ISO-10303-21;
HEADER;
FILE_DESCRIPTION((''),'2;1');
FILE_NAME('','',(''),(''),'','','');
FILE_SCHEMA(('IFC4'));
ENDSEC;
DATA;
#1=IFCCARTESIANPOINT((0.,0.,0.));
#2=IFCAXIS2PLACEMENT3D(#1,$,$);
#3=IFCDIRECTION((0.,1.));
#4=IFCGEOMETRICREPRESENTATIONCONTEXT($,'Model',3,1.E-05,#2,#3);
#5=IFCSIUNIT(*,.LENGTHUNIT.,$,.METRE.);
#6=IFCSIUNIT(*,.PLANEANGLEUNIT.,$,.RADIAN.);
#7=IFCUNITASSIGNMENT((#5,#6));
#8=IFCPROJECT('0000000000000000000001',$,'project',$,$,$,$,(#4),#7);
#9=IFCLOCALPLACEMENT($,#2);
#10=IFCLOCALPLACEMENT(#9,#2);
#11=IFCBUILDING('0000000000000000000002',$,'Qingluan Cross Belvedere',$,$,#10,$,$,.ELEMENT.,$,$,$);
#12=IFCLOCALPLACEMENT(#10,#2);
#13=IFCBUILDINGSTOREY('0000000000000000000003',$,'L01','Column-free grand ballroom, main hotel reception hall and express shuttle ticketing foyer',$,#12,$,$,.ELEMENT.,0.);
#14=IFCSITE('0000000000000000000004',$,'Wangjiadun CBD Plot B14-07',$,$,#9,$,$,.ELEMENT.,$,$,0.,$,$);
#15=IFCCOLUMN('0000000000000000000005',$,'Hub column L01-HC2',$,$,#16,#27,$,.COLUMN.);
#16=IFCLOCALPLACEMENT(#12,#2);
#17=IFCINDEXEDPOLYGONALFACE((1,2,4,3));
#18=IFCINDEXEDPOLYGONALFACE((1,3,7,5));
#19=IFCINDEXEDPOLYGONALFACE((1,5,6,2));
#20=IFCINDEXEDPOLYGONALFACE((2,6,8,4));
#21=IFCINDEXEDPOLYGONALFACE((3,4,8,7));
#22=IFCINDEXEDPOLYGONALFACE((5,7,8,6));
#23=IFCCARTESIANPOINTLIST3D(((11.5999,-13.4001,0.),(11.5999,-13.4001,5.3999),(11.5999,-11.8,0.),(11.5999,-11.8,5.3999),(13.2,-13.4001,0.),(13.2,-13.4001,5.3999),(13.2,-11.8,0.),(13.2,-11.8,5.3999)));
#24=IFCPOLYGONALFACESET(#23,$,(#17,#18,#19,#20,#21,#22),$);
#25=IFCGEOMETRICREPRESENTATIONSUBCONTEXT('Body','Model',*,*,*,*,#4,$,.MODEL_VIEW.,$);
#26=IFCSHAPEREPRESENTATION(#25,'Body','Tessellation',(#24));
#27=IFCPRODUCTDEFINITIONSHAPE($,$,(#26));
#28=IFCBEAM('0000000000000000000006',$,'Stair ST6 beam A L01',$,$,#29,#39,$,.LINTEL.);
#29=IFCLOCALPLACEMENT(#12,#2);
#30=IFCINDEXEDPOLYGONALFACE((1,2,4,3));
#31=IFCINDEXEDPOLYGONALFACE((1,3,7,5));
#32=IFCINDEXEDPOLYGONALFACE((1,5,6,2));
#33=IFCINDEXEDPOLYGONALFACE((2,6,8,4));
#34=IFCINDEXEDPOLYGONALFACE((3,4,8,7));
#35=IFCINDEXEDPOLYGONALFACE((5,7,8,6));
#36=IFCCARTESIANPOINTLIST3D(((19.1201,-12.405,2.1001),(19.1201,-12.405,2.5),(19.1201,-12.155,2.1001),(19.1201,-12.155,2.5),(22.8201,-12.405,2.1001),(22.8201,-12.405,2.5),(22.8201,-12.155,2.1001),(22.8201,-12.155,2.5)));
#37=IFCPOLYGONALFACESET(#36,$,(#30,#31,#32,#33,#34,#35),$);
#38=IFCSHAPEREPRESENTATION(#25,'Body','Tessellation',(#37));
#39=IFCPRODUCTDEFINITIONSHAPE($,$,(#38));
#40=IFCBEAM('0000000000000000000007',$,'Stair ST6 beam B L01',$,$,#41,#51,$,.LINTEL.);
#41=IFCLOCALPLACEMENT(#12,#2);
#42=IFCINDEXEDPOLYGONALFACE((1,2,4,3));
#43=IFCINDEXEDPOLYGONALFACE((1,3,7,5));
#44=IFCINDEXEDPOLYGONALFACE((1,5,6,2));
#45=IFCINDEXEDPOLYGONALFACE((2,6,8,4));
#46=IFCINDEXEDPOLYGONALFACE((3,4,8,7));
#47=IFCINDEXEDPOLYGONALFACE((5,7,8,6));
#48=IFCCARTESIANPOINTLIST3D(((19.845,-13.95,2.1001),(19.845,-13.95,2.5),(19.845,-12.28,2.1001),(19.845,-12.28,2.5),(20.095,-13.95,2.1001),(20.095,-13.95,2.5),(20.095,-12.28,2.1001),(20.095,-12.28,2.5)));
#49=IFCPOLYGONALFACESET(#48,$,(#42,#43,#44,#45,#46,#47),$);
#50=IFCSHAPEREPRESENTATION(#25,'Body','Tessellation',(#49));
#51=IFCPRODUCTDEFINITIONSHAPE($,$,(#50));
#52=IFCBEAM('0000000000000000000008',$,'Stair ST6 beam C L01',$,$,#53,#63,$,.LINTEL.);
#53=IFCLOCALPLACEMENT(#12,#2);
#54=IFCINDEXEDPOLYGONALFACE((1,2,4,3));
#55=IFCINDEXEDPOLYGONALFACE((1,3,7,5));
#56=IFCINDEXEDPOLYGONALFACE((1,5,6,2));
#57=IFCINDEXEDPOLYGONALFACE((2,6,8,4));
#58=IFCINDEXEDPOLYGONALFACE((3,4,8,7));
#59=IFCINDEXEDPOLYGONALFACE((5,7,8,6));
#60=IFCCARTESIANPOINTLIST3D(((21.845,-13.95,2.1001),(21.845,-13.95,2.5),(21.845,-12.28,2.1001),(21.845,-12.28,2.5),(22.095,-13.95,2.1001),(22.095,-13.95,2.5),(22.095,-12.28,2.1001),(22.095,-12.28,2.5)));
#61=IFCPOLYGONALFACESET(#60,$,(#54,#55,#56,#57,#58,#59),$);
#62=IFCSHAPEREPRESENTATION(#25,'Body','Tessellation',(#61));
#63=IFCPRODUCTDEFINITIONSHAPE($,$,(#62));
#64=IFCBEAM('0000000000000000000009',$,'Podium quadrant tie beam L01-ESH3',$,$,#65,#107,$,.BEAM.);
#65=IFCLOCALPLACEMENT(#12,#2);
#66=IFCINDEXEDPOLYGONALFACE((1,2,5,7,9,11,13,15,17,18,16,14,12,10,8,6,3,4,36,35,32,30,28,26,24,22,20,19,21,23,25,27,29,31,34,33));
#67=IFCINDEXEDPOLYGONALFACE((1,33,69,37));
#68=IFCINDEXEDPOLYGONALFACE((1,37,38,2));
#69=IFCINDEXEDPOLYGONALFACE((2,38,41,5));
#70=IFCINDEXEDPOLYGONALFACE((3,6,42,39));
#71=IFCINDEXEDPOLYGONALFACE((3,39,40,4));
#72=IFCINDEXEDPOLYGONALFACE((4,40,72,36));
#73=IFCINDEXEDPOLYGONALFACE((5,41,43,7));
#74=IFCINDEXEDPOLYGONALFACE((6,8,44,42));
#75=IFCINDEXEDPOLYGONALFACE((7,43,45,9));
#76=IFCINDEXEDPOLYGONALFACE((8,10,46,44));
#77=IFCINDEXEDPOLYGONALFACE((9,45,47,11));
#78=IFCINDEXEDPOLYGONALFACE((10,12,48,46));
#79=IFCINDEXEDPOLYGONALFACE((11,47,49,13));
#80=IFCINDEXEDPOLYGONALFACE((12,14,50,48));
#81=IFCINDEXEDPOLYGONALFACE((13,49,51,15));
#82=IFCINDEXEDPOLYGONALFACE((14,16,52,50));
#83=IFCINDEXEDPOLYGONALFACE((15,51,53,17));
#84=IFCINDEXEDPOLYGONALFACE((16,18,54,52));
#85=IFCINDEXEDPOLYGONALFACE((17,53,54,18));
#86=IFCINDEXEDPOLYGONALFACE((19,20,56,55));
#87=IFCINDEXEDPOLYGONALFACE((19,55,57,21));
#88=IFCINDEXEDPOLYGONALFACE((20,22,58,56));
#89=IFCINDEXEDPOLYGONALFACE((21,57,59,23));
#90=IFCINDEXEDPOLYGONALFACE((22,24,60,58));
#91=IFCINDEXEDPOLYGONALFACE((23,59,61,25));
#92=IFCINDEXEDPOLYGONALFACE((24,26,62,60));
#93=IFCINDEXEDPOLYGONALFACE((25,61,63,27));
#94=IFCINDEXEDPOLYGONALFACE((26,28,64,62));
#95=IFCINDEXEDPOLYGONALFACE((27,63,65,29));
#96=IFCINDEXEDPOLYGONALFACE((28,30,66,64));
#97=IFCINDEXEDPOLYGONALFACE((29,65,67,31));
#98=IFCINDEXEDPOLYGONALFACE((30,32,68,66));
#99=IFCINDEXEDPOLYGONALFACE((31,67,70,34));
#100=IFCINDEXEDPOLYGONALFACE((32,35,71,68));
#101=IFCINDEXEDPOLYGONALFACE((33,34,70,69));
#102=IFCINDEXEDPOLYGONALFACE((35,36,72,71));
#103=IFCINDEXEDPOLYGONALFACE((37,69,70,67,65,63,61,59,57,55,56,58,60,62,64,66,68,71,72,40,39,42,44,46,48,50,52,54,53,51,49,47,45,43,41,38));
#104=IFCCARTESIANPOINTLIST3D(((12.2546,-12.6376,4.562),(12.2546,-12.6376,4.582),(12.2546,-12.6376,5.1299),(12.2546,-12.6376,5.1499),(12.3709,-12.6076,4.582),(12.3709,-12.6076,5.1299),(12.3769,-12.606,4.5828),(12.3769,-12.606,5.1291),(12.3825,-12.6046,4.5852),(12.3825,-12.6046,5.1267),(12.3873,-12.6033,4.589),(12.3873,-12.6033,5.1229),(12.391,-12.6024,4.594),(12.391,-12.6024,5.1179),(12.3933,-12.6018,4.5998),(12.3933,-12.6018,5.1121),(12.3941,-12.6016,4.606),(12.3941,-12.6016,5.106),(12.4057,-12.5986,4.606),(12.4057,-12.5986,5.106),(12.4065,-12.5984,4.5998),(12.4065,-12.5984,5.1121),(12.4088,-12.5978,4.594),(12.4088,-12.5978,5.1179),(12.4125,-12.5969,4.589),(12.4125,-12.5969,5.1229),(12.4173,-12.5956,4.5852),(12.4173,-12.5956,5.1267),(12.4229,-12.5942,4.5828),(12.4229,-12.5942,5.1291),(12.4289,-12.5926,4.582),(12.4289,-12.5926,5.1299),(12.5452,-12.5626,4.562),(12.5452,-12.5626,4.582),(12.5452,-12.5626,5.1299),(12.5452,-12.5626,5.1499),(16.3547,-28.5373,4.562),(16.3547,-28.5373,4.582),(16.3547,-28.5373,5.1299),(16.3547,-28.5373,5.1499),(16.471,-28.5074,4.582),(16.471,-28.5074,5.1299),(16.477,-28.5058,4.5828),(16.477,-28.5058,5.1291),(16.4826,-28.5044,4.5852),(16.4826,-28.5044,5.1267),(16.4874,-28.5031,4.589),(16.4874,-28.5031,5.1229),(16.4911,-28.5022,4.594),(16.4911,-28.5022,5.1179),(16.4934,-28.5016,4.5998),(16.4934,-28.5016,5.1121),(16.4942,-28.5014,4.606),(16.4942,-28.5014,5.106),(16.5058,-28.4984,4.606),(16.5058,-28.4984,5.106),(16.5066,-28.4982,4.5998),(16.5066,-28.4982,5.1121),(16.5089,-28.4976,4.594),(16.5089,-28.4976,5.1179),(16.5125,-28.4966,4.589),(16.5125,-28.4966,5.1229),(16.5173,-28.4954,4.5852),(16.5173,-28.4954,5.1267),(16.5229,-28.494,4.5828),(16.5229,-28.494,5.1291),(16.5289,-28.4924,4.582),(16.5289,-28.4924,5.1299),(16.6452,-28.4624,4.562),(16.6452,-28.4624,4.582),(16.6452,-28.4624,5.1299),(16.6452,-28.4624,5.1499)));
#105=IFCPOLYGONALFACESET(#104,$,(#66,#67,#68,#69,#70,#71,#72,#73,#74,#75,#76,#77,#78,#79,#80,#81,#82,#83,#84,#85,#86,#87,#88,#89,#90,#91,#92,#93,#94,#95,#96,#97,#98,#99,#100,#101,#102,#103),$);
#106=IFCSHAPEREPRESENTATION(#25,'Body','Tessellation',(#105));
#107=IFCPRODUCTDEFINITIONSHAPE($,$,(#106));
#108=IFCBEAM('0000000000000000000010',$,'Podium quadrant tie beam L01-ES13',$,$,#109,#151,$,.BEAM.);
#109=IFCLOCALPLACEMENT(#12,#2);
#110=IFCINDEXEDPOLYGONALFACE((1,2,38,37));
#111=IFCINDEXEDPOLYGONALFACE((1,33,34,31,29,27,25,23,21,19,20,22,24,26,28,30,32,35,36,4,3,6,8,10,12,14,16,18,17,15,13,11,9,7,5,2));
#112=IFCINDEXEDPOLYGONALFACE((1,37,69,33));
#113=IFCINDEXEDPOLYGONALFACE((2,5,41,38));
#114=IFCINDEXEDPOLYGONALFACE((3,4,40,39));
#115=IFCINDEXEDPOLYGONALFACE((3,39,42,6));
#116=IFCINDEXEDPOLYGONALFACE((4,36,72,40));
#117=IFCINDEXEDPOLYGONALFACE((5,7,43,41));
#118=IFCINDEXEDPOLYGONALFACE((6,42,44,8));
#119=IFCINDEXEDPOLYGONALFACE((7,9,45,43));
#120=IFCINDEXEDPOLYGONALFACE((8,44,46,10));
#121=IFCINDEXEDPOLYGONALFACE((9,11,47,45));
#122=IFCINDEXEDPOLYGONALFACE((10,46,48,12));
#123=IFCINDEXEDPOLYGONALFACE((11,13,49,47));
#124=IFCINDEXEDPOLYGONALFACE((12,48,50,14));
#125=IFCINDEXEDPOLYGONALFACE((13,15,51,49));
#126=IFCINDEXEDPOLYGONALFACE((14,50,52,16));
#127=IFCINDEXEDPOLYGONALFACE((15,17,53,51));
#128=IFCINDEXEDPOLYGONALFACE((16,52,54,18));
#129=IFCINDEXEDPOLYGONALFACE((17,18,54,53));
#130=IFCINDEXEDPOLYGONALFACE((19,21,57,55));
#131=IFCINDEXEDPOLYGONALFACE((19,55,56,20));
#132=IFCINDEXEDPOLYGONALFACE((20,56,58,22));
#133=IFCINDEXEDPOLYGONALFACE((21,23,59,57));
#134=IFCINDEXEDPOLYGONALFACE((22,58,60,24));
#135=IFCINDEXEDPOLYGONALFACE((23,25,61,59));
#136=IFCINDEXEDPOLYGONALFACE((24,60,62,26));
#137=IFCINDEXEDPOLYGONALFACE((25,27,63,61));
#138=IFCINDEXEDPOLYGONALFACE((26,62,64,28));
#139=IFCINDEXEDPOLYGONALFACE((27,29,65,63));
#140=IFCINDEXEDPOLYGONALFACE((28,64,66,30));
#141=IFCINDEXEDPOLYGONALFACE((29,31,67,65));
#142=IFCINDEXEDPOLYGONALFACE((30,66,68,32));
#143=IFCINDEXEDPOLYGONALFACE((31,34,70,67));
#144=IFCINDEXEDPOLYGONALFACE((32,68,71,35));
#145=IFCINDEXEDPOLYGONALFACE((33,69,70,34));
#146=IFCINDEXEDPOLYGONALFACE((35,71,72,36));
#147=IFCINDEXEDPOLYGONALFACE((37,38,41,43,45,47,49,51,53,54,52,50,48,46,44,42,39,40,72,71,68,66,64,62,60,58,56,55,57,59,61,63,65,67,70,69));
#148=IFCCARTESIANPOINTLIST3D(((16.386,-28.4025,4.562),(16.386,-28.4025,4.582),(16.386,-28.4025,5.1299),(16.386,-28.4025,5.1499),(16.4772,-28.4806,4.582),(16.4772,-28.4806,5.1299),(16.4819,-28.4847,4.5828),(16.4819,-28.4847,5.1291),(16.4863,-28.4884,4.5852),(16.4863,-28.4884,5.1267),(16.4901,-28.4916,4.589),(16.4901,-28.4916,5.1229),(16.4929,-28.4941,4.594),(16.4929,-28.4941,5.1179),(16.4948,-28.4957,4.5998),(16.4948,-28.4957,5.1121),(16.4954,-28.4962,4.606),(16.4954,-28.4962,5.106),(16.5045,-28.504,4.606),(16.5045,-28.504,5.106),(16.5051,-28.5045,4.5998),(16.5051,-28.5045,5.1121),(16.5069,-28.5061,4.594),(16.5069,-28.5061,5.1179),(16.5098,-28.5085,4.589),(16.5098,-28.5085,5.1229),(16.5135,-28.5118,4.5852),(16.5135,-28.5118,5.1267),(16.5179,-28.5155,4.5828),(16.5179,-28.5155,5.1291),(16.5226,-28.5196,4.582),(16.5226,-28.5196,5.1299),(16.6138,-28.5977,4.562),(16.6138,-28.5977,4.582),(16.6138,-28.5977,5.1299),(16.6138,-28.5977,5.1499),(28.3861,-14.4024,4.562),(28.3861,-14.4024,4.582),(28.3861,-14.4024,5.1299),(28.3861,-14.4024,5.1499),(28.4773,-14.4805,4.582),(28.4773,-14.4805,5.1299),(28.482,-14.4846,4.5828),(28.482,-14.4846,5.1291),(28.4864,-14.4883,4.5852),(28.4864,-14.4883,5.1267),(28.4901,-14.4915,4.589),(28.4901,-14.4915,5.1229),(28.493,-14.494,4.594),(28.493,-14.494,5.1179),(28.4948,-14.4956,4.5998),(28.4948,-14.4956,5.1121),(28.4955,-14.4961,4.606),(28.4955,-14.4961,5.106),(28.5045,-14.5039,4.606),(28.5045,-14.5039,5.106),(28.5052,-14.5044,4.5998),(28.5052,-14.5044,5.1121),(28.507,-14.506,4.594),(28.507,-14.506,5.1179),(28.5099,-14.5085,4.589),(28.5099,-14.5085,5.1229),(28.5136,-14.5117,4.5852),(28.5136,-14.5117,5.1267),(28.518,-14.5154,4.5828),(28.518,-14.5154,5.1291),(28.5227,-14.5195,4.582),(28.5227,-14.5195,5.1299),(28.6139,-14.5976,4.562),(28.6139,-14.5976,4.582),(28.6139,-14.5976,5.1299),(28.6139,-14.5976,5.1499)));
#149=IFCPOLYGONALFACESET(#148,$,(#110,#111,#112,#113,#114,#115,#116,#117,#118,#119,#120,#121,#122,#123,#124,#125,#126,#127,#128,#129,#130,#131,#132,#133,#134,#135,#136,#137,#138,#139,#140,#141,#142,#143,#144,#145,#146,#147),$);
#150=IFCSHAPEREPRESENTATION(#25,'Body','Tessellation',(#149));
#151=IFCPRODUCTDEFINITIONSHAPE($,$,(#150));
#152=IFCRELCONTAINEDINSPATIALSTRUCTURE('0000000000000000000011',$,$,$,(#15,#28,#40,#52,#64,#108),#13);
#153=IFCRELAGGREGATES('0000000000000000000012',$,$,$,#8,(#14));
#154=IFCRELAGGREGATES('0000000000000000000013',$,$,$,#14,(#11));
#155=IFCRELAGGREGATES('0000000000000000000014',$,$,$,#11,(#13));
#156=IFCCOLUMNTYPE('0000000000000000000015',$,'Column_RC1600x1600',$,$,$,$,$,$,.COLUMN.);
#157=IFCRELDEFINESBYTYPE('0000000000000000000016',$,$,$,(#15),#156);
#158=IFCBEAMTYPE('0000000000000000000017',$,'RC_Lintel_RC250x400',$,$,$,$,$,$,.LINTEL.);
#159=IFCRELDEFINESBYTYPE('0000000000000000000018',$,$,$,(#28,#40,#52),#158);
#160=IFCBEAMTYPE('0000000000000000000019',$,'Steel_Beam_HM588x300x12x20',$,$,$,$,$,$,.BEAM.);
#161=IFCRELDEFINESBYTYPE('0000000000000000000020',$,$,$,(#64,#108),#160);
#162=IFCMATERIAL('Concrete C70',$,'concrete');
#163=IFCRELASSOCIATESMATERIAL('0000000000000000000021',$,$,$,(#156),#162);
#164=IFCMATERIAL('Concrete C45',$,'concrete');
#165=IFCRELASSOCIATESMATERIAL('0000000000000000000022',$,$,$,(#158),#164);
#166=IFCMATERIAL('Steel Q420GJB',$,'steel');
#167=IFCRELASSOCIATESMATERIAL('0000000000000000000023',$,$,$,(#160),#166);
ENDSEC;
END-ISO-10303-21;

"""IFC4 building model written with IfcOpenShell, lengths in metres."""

from ifc_helpers import new_model, si_unit, direction, frame, origin, origin_2d, place, context, subcontext, project, spatial, rectangle, i_section, extrude, material, material_profile, profile_set, type_object, element, save


model = new_model("IFC4")

# Units and contexts
model_context = context("Model", 3, precision=1e-05, world=origin(), true_north=direction((0.0, 1.0)))
body_context = subcontext(model_context, "Body", "Model", "MODEL_VIEW")
ifc_project = project(units=[si_unit("LENGTHUNIT", "METRE"), si_unit("PLANEANGLEUNIT", "RADIAN")], contexts=[model_context])

# Site, building, storey
site_placement = place(None, origin())
site = spatial("IfcSite", under=ifc_project, at=site_placement, Name="Wangjiadun CBD Plot B14-07", CompositionType="ELEMENT", RefElevation=0.0)
building_placement = place(site_placement, origin())
building = spatial("IfcBuilding", under=site, at=building_placement, Name="Qingluan Cross Belvedere", CompositionType="ELEMENT")
storey_placement = place(building_placement, origin())
storey = spatial("IfcBuildingStorey", under=building, at=storey_placement, Name="L01", Description="Column-free grand ballroom, main hotel reception hall and express shuttle ticketing foyer", CompositionType="ELEMENT", Elevation=0.0)

# Column
ifc_material_1 = material(Name="Concrete C70", Category="concrete")
ifc_material_profile_1 = material_profile(ifc_material_1, rectangle(XDim=1.6001, YDim=1.6001, at=origin_2d()), Name="RC1600x1600")
ifc_profile_set_1 = profile_set([ifc_material_profile_1], Name="Concrete C70")
column_type = type_object("IfcColumnType", Name="Column_RC1600x1600", PredefinedType="COLUMN", material=ifc_profile_set_1)
column_placement = place(storey_placement, frame((12.3999, -12.6001, 0.0), z_axis=(0.0, 0.0, 1.0), x_axis=(1.0, 0.0, 0.0)))
element("IfcColumn", 1, at=column_placement, inside=storey, type_object=column_type, Name="Hub column L01-HC2", PredefinedType="COLUMN", context=body_context, shape_type="SweptSolid", body=[
    extrude(rectangle(XDim=1.6001, YDim=1.6001, at=origin_2d()), origin(), (0.0, 0.0, 1.0), 5.3999),
])

# Beams
ifc_material_2 = material(Name="Concrete C45", Category="concrete")
ifc_material_profile_2 = material_profile(ifc_material_2, rectangle(XDim=0.25, YDim=0.3999, at=origin_2d()), Name="RC250x400")
ifc_profile_set_2 = profile_set([ifc_material_profile_2], Name="Concrete C45")
beam_type_1 = type_object("IfcBeamType", Name="RC_Lintel_RC250x400", PredefinedType="LINTEL", material=ifc_profile_set_2)
beam_1_placement = place(storey_placement, frame((19.1201, -12.28, 2.3), z_axis=(1.0, 0.0, 0.0), x_axis=(0.0, 1.0, 0.0)))
element("IfcBeam", 2, at=beam_1_placement, inside=storey, type_object=beam_type_1, Name="Stair ST6 beam A L01", PredefinedType="LINTEL", context=body_context, shape_type="SweptSolid", body=[
    extrude(rectangle(XDim=0.25, YDim=0.3999, at=origin_2d()), origin(), (0.0, 0.0, 1.0), 3.7),
])
for number, where, z_axis, x_axis, name in (
    (3, (19.97, -13.95, 2.3), (0.0, 1.0, 0.0), (-1.0, 0.0, 0.0), "Stair ST6 beam B L01"),
    (4, (21.97, -13.95, 2.3), (0.0, 1.0, 0.0), (-1.0, 0.0, 0.0), "Stair ST6 beam C L01"),
):
    element("IfcBeam", number, at=place(storey_placement, frame(where, z_axis=z_axis, x_axis=x_axis)), inside=storey, type_object=beam_type_1, Name=name, PredefinedType="LINTEL", context=body_context, shape_type="SweptSolid", body=[
        extrude(rectangle(XDim=0.25, YDim=0.3999, at=origin_2d()), origin(), (0.0, 0.0, 1.0), 1.6699),
    ])
ifc_material_3 = material(Name="Steel Q420GJB", Category="steel")
ifc_material_profile_3 = material_profile(ifc_material_3, i_section(OverallWidth=0.3, OverallDepth=0.5879, WebThickness=0.012, FlangeThickness=0.02, FilletRadius=0.0239, at=origin_2d()), Name="HM588x300x12x20")
ifc_profile_set_3 = profile_set([ifc_material_profile_3], Name="Steel Q420GJB")
beam_type_2 = type_object("IfcBeamType", Name="Steel_Beam_HM588x300x12x20", PredefinedType="BEAM", material=ifc_profile_set_3)
beam_2_placement = place(storey_placement, frame((12.3999, -12.6001, 4.856), z_axis=(0.249701, -0.968323, 0.0), x_axis=(0.968323, 0.249701, 0.0)))
element("IfcBeam", 5, at=beam_2_placement, inside=storey, type_object=beam_type_2, Name="Podium quadrant tie beam L01-ESH3", PredefinedType="BEAM", context=body_context, shape_type="SweptSolid", body=[
    extrude(i_section(OverallWidth=0.3, OverallDepth=0.5879, WebThickness=0.012, FlangeThickness=0.02, FilletRadius=0.0239, at=origin_2d()), origin(), (0.0, 0.0, 1.0), 16.4199),
])
beam_3_placement = place(storey_placement, frame((28.5, -14.5, 4.856), z_axis=(-0.650791, -0.759257, 0.0), x_axis=(0.759257, -0.650791, 0.0)))
element("IfcBeam", 6, at=beam_3_placement, inside=storey, type_object=beam_type_2, Name="Podium quadrant tie beam L01-ES13", PredefinedType="BEAM", context=body_context, shape_type="SweptSolid", body=[
    extrude(i_section(OverallWidth=0.3, OverallDepth=0.5879, WebThickness=0.012, FlangeThickness=0.02, FilletRadius=0.0239, at=origin_2d()), origin(), (0.0, 0.0, 1.0), 18.4392),
])

save(model, "model.ifc")
